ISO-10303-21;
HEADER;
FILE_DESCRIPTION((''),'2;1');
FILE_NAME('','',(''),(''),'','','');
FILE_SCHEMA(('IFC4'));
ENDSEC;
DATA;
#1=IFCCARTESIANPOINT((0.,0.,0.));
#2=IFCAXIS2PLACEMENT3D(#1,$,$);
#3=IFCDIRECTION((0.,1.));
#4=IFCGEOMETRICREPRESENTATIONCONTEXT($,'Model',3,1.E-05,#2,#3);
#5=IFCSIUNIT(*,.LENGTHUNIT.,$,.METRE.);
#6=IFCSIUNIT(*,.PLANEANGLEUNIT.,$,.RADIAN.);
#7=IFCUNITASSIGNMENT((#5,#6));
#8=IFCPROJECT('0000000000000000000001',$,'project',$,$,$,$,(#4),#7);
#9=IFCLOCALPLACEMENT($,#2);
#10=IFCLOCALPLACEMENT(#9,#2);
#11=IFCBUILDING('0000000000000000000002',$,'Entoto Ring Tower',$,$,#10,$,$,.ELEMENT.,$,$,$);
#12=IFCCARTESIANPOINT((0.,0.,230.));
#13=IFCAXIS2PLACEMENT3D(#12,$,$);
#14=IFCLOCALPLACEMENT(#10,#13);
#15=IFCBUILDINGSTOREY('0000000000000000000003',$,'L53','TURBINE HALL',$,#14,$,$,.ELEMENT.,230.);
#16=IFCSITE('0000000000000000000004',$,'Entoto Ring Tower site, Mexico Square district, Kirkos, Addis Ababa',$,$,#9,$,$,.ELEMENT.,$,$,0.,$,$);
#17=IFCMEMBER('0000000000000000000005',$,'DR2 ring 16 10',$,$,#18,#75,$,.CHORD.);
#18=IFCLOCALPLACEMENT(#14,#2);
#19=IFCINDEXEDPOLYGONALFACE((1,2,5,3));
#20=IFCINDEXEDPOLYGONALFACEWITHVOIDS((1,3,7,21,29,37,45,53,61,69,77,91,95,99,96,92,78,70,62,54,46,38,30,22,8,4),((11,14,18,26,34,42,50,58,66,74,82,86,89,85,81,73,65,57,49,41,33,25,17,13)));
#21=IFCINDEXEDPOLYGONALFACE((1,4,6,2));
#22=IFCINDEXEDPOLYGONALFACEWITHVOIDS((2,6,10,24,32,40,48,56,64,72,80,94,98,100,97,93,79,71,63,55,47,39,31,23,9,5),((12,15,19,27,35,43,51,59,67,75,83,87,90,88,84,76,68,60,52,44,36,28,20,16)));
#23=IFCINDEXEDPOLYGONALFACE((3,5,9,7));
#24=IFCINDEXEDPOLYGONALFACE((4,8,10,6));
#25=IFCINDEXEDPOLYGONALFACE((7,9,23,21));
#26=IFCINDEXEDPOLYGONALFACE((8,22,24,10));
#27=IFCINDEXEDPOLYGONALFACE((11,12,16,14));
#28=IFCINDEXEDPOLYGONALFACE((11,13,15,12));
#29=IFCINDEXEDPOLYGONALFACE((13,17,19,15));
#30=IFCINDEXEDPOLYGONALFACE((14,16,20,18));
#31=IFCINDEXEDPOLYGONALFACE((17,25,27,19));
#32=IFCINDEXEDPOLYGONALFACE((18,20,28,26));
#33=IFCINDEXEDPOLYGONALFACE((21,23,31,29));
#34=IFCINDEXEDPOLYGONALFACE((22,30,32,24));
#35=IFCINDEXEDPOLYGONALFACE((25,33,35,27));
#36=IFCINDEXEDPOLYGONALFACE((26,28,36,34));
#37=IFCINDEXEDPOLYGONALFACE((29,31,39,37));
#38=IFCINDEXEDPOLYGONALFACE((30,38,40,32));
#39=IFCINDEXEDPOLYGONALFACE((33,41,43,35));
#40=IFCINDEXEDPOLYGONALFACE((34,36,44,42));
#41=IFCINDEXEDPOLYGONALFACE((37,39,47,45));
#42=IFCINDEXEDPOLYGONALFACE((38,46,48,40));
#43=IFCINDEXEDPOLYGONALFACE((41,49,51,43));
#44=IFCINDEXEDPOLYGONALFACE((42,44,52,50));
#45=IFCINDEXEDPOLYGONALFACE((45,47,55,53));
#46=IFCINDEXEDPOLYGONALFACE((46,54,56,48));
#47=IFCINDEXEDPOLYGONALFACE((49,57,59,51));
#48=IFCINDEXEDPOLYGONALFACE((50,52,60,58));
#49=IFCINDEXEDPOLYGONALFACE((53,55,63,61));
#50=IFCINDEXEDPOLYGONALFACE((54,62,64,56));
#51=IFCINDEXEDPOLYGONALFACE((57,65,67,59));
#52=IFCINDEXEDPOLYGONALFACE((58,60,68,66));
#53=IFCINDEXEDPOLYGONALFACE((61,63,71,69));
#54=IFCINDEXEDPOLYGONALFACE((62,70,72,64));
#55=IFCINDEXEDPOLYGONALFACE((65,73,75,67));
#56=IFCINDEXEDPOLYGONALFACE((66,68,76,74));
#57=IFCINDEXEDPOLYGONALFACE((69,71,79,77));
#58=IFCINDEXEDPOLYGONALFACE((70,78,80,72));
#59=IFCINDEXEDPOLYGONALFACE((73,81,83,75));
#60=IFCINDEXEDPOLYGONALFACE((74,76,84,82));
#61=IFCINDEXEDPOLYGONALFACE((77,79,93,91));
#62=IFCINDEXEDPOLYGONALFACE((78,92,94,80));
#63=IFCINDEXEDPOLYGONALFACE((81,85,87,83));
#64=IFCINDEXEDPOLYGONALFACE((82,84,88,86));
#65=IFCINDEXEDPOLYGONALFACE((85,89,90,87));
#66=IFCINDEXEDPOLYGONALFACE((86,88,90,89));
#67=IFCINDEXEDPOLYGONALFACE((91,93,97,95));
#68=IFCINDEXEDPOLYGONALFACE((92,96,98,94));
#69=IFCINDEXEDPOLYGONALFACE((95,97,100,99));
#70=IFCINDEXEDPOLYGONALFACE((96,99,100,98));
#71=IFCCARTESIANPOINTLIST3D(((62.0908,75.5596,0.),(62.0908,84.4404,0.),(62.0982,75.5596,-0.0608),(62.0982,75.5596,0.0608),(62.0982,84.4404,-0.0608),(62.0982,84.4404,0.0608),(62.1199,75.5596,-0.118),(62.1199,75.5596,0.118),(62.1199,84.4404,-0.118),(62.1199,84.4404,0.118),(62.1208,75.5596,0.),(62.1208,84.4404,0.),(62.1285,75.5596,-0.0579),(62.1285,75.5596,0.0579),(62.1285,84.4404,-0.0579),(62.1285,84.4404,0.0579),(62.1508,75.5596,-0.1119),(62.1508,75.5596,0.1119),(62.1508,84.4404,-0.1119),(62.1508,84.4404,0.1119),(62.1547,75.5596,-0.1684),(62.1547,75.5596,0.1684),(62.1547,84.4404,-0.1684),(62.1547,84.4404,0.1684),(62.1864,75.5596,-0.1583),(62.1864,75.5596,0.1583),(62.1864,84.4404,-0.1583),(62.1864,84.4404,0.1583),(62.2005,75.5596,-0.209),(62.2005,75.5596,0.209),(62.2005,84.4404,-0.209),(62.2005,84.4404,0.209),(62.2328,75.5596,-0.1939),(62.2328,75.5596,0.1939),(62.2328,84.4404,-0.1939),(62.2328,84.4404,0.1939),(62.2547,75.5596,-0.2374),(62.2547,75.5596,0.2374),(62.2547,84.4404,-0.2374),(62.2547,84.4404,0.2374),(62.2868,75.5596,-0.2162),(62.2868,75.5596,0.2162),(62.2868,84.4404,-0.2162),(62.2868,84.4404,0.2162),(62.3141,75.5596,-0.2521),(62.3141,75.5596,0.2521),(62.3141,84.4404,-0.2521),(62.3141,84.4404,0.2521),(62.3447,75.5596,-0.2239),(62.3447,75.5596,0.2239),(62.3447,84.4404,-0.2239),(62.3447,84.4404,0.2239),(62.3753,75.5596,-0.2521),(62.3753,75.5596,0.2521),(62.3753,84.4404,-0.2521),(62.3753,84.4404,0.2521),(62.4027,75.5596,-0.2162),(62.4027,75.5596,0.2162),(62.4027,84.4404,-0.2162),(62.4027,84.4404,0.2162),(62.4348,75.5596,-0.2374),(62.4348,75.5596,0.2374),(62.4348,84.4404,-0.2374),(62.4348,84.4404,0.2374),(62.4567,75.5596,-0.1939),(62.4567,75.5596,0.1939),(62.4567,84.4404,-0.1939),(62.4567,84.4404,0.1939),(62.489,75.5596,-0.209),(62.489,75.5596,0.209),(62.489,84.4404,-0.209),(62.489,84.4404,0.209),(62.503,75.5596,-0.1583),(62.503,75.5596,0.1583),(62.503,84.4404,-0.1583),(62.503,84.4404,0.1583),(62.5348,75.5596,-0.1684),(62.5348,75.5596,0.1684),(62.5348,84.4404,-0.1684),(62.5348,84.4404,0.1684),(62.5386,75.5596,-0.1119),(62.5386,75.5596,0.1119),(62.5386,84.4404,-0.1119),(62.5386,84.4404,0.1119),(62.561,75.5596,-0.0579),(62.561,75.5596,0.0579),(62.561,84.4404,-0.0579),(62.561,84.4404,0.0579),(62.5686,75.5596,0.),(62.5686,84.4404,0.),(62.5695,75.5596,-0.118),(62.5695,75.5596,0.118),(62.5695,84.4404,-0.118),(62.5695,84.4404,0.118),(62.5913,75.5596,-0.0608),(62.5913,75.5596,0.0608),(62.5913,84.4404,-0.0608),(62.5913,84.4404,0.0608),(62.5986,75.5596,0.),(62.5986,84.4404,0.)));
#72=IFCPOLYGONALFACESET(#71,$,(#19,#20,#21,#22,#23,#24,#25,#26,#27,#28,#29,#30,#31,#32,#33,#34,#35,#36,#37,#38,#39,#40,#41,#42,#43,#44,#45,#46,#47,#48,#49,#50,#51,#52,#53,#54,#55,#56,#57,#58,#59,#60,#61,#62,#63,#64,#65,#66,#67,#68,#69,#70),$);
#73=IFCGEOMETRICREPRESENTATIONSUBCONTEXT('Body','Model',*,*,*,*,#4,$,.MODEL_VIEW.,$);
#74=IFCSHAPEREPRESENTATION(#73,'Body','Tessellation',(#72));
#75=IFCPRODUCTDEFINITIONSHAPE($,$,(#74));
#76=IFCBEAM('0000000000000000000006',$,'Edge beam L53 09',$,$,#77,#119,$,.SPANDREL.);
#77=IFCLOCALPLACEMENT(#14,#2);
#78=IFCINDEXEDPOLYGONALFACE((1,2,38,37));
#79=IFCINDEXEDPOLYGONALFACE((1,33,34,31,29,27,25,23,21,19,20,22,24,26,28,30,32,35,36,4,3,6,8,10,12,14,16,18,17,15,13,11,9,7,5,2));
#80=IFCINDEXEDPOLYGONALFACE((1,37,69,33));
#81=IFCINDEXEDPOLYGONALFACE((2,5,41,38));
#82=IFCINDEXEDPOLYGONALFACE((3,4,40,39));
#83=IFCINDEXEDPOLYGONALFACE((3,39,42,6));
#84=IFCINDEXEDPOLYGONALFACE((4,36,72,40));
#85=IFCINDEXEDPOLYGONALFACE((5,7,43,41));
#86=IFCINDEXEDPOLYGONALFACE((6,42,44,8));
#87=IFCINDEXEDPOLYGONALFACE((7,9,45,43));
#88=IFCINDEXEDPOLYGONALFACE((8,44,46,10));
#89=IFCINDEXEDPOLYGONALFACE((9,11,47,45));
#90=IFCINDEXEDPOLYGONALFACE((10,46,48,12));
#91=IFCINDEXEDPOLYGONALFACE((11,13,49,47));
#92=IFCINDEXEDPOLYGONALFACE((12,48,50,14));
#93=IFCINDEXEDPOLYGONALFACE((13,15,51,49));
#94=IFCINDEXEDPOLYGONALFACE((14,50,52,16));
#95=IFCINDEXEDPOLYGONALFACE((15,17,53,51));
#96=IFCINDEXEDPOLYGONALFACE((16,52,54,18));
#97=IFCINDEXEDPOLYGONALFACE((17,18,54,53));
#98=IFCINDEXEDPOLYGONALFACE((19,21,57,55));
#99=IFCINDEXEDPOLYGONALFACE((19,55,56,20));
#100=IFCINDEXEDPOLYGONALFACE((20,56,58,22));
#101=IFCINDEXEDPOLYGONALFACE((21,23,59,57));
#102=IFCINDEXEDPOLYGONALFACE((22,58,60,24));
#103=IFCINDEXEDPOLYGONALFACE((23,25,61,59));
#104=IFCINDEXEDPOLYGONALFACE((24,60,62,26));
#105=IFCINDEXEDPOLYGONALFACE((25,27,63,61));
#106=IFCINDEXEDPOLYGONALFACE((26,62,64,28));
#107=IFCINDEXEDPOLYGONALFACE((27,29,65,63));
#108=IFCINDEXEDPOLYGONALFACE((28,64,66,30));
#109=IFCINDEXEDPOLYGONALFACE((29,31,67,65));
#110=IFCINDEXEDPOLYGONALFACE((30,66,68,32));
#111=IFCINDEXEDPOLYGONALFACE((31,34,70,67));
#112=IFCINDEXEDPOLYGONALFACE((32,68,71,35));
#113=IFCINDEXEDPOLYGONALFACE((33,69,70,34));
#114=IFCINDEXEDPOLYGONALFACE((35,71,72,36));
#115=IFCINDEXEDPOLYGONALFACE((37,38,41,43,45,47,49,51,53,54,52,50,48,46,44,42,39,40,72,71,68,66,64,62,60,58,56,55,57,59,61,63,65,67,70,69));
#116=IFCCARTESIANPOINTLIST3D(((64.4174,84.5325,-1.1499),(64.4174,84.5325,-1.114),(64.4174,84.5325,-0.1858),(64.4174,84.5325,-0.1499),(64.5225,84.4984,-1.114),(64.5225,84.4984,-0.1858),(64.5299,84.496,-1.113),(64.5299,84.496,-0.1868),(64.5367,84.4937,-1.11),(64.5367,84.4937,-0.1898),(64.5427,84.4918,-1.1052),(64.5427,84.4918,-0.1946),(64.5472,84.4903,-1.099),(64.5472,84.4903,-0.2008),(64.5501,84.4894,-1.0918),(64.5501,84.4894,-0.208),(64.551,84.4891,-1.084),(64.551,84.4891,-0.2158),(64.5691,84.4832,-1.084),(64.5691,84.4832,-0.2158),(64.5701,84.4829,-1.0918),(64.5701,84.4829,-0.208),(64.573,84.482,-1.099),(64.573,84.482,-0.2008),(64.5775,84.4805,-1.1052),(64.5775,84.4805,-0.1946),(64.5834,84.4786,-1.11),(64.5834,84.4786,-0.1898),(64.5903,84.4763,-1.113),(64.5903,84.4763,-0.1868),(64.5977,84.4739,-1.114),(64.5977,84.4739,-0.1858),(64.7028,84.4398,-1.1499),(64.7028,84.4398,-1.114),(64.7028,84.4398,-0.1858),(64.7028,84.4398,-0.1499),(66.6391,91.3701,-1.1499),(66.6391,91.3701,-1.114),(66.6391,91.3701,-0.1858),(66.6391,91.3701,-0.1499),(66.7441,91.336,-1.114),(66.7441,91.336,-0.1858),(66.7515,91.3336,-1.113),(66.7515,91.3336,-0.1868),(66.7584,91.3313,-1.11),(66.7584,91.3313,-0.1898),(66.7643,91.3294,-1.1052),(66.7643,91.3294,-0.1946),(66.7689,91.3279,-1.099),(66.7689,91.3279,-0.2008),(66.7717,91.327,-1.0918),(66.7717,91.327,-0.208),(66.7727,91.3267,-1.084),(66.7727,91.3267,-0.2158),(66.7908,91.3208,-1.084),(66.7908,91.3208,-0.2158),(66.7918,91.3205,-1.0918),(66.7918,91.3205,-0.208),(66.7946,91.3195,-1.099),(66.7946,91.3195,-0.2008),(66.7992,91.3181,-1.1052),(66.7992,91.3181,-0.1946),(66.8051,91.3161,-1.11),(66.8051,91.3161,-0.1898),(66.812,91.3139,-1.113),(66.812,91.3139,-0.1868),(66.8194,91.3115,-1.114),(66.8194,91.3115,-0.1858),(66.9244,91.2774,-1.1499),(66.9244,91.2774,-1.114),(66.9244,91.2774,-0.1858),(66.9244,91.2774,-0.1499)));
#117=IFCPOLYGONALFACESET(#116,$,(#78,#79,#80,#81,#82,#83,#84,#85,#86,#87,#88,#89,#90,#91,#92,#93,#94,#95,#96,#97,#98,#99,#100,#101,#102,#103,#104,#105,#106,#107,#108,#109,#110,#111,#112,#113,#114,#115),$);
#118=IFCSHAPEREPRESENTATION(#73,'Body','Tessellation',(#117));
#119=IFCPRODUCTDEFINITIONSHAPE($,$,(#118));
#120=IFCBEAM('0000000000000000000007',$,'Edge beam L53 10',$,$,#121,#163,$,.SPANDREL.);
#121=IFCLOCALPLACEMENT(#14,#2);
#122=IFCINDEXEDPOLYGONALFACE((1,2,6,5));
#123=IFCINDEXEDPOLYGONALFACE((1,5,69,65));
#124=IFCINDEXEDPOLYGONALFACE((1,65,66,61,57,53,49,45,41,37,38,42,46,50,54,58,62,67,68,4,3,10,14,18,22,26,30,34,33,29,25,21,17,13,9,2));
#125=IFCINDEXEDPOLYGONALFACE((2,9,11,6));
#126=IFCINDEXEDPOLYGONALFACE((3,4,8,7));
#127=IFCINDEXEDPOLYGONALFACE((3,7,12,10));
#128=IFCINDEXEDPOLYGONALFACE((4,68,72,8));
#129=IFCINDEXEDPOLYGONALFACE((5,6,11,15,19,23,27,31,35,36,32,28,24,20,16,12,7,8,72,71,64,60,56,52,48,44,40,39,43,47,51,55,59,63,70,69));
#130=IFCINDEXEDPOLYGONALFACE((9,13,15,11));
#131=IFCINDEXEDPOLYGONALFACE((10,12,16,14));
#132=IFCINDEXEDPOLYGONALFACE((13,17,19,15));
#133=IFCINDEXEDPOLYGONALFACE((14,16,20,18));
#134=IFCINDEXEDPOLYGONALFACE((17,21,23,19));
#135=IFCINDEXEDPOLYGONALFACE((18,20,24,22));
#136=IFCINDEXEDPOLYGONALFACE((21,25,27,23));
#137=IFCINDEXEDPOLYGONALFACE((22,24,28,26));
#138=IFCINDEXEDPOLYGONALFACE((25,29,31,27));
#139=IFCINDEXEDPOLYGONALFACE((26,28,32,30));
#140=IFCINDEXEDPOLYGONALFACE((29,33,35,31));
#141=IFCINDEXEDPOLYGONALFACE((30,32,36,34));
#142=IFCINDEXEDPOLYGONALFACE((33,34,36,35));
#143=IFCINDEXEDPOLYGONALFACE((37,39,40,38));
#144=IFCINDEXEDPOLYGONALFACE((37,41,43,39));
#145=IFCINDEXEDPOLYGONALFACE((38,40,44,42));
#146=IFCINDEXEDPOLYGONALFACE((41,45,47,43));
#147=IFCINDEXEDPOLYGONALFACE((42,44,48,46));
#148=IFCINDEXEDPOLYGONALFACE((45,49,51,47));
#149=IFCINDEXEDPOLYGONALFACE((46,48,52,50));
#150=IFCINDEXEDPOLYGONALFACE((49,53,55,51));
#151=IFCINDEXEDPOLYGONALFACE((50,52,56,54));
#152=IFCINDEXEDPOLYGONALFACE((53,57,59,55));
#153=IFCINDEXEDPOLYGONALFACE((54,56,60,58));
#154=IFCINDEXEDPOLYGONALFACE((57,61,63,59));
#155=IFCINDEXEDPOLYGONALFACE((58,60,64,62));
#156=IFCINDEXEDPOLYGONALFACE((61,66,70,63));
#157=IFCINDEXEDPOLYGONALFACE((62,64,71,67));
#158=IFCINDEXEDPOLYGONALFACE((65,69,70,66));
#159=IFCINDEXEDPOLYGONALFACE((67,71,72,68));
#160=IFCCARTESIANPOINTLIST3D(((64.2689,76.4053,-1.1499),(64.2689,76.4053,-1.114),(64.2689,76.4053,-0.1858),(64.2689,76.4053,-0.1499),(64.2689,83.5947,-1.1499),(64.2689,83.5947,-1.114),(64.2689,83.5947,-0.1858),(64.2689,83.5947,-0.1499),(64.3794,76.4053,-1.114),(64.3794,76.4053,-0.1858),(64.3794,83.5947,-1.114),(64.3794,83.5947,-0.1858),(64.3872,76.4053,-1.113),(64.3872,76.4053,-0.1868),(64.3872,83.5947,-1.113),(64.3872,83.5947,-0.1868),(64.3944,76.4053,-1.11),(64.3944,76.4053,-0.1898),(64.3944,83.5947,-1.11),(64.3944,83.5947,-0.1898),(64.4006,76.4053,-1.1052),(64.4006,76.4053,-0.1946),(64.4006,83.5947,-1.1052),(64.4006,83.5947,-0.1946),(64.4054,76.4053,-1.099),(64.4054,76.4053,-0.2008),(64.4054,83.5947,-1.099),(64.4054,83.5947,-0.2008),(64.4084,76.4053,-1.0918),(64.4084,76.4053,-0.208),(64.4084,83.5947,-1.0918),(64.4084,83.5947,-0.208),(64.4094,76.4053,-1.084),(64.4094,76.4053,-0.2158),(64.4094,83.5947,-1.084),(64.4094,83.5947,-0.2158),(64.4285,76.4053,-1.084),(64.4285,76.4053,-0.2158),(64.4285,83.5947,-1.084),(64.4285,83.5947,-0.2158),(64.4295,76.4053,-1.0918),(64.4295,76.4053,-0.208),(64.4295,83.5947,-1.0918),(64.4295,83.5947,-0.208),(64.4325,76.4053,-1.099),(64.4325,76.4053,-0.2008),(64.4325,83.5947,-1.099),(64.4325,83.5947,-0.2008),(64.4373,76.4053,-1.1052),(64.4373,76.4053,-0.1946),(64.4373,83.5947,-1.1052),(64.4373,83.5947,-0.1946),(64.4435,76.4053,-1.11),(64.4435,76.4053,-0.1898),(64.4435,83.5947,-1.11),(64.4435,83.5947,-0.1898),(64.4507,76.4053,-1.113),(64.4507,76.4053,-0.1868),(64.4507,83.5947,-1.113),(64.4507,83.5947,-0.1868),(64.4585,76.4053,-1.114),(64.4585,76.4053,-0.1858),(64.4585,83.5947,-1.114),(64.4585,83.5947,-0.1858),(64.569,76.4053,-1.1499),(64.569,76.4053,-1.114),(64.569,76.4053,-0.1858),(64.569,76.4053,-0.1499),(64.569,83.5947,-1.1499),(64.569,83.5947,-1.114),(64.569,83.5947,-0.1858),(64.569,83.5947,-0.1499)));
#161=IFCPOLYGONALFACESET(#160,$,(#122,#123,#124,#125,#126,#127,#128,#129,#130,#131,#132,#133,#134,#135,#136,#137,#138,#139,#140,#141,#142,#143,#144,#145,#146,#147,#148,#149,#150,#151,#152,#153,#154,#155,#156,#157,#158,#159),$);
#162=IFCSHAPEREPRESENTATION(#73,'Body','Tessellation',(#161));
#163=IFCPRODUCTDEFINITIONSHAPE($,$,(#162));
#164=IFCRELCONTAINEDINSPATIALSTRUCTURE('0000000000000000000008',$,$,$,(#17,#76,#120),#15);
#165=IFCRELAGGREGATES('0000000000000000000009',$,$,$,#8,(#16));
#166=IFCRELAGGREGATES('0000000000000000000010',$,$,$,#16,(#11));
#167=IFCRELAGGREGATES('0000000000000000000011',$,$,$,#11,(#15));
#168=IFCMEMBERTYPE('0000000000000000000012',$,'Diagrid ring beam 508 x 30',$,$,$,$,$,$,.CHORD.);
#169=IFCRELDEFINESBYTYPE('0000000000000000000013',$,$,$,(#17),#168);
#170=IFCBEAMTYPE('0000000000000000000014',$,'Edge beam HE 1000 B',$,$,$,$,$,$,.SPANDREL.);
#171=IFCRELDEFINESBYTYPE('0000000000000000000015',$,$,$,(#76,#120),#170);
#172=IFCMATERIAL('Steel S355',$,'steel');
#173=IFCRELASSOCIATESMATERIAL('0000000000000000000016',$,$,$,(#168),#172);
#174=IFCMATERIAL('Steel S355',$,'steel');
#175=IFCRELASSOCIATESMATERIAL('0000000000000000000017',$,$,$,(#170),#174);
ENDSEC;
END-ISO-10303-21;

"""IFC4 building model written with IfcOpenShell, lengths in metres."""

from ifc_helpers import new_model, si_unit, direction, frame, origin, origin_2d, place, context, subcontext, project, spatial, circle, hollow_circle, i_section, extrude, material, material_profile, profile_set, type_object, element, save


model = new_model("IFC4")

# Units and contexts
model_context = context("Model", 3, precision=1e-05, world=origin(), true_north=direction((0.0, 1.0)))
body_context = subcontext(model_context, "Body", "Model", "MODEL_VIEW")
ifc_project = project(units=[si_unit("LENGTHUNIT", "METRE"), si_unit("PLANEANGLEUNIT", "RADIAN")], contexts=[model_context])

# Site, building, storey
site_placement = place(None, origin())
site = spatial("IfcSite", under=ifc_project, at=site_placement, Name="Entoto Ring Tower site, Mexico Square district, Kirkos, Addis Ababa", CompositionType="ELEMENT", RefElevation=0.0)
building_placement = place(site_placement, origin())
building = spatial("IfcBuilding", under=site, at=building_placement, Name="Entoto Ring Tower", CompositionType="ELEMENT")
storey_placement = place(building_placement, frame((0.0, 0.0, 230.0)))
storey = spatial("IfcBuildingStorey", under=building, at=storey_placement, Name="L53", Description="TURBINE HALL", CompositionType="ELEMENT", Elevation=230.0)

# Member
ifc_material_1 = material(Name="Steel S355", Category="steel")
ifc_material_profile_1 = material_profile(ifc_material_1, hollow_circle(Radius=0.2539, WallThickness=0.03, at=origin_2d()), Name="CHS 508 x 30")
ifc_material_2 = material(Name="Concrete C60/75", Category="concrete")
ifc_material_profile_2 = material_profile(ifc_material_2, circle(Radius=0.2241, at=origin_2d()), Name="Concrete C60/75 infill")
ifc_profile_set_1 = profile_set([ifc_material_profile_1, ifc_material_profile_2], Name="Steel S355")
member_type_1 = type_object("IfcMemberType", Name="Diagrid ring beam 508 x 30", PredefinedType="CHORD", material=ifc_profile_set_1)
member_1_placement = place(storey_placement, frame((62.3447, 84.4404, 0.0), z_axis=(0.0, -1.0, 0.0), x_axis=(1.0, 0.0, 0.0)))
element("IfcMember", 1, at=member_1_placement, inside=storey, type_object=member_type_1, Name="DR2 ring 16 10", PredefinedType="CHORD", context=body_context, shape_type="SweptSolid", body=[
    extrude(hollow_circle(Radius=0.2539, WallThickness=0.03, at=origin_2d()), origin(), (0.0, 0.0, 1.0), 8.8809),
])

# Beams
ifc_material_3 = material(Name="Steel S355", Category="steel")
ifc_material_profile_3 = material_profile(ifc_material_3, i_section(OverallWidth=0.3, OverallDepth=1.0, WebThickness=0.019, FlangeThickness=0.0359, FilletRadius=0.03, at=origin_2d()), Name="HE 1000 B")
ifc_profile_set_2 = profile_set([ifc_material_profile_3], Name="Steel S355")
beam_type_1 = type_object("IfcBeamType", Name="Edge beam HE 1000 B", PredefinedType="SPANDREL", material=ifc_profile_set_2)
for number, where, z_axis, x_axis, name in (
    (2, (66.7817, 91.3237, -0.6499), (-0.309016, -0.951057, 0.0), (0.951057, -0.309016, 0.0), "Edge beam L53 09"),
    (3, (64.4189, 83.5947, -0.6499), (0.0, -1.0, 0.0), (1.0, 0.0, 0.0), "Edge beam L53 10"),
):
    element("IfcBeam", number, at=place(storey_placement, frame(where, z_axis=z_axis, x_axis=x_axis)), inside=storey, type_object=beam_type_1, Name=name, PredefinedType="SPANDREL", context=body_context, shape_type="SweptSolid", body=[
        extrude(i_section(OverallWidth=0.3, OverallDepth=1.0, WebThickness=0.019, FlangeThickness=0.0359, FilletRadius=0.03, at=origin_2d()), origin(), (0.0, 0.0, 1.0), 7.1895),
    ])

save(model, "model.ifc")
